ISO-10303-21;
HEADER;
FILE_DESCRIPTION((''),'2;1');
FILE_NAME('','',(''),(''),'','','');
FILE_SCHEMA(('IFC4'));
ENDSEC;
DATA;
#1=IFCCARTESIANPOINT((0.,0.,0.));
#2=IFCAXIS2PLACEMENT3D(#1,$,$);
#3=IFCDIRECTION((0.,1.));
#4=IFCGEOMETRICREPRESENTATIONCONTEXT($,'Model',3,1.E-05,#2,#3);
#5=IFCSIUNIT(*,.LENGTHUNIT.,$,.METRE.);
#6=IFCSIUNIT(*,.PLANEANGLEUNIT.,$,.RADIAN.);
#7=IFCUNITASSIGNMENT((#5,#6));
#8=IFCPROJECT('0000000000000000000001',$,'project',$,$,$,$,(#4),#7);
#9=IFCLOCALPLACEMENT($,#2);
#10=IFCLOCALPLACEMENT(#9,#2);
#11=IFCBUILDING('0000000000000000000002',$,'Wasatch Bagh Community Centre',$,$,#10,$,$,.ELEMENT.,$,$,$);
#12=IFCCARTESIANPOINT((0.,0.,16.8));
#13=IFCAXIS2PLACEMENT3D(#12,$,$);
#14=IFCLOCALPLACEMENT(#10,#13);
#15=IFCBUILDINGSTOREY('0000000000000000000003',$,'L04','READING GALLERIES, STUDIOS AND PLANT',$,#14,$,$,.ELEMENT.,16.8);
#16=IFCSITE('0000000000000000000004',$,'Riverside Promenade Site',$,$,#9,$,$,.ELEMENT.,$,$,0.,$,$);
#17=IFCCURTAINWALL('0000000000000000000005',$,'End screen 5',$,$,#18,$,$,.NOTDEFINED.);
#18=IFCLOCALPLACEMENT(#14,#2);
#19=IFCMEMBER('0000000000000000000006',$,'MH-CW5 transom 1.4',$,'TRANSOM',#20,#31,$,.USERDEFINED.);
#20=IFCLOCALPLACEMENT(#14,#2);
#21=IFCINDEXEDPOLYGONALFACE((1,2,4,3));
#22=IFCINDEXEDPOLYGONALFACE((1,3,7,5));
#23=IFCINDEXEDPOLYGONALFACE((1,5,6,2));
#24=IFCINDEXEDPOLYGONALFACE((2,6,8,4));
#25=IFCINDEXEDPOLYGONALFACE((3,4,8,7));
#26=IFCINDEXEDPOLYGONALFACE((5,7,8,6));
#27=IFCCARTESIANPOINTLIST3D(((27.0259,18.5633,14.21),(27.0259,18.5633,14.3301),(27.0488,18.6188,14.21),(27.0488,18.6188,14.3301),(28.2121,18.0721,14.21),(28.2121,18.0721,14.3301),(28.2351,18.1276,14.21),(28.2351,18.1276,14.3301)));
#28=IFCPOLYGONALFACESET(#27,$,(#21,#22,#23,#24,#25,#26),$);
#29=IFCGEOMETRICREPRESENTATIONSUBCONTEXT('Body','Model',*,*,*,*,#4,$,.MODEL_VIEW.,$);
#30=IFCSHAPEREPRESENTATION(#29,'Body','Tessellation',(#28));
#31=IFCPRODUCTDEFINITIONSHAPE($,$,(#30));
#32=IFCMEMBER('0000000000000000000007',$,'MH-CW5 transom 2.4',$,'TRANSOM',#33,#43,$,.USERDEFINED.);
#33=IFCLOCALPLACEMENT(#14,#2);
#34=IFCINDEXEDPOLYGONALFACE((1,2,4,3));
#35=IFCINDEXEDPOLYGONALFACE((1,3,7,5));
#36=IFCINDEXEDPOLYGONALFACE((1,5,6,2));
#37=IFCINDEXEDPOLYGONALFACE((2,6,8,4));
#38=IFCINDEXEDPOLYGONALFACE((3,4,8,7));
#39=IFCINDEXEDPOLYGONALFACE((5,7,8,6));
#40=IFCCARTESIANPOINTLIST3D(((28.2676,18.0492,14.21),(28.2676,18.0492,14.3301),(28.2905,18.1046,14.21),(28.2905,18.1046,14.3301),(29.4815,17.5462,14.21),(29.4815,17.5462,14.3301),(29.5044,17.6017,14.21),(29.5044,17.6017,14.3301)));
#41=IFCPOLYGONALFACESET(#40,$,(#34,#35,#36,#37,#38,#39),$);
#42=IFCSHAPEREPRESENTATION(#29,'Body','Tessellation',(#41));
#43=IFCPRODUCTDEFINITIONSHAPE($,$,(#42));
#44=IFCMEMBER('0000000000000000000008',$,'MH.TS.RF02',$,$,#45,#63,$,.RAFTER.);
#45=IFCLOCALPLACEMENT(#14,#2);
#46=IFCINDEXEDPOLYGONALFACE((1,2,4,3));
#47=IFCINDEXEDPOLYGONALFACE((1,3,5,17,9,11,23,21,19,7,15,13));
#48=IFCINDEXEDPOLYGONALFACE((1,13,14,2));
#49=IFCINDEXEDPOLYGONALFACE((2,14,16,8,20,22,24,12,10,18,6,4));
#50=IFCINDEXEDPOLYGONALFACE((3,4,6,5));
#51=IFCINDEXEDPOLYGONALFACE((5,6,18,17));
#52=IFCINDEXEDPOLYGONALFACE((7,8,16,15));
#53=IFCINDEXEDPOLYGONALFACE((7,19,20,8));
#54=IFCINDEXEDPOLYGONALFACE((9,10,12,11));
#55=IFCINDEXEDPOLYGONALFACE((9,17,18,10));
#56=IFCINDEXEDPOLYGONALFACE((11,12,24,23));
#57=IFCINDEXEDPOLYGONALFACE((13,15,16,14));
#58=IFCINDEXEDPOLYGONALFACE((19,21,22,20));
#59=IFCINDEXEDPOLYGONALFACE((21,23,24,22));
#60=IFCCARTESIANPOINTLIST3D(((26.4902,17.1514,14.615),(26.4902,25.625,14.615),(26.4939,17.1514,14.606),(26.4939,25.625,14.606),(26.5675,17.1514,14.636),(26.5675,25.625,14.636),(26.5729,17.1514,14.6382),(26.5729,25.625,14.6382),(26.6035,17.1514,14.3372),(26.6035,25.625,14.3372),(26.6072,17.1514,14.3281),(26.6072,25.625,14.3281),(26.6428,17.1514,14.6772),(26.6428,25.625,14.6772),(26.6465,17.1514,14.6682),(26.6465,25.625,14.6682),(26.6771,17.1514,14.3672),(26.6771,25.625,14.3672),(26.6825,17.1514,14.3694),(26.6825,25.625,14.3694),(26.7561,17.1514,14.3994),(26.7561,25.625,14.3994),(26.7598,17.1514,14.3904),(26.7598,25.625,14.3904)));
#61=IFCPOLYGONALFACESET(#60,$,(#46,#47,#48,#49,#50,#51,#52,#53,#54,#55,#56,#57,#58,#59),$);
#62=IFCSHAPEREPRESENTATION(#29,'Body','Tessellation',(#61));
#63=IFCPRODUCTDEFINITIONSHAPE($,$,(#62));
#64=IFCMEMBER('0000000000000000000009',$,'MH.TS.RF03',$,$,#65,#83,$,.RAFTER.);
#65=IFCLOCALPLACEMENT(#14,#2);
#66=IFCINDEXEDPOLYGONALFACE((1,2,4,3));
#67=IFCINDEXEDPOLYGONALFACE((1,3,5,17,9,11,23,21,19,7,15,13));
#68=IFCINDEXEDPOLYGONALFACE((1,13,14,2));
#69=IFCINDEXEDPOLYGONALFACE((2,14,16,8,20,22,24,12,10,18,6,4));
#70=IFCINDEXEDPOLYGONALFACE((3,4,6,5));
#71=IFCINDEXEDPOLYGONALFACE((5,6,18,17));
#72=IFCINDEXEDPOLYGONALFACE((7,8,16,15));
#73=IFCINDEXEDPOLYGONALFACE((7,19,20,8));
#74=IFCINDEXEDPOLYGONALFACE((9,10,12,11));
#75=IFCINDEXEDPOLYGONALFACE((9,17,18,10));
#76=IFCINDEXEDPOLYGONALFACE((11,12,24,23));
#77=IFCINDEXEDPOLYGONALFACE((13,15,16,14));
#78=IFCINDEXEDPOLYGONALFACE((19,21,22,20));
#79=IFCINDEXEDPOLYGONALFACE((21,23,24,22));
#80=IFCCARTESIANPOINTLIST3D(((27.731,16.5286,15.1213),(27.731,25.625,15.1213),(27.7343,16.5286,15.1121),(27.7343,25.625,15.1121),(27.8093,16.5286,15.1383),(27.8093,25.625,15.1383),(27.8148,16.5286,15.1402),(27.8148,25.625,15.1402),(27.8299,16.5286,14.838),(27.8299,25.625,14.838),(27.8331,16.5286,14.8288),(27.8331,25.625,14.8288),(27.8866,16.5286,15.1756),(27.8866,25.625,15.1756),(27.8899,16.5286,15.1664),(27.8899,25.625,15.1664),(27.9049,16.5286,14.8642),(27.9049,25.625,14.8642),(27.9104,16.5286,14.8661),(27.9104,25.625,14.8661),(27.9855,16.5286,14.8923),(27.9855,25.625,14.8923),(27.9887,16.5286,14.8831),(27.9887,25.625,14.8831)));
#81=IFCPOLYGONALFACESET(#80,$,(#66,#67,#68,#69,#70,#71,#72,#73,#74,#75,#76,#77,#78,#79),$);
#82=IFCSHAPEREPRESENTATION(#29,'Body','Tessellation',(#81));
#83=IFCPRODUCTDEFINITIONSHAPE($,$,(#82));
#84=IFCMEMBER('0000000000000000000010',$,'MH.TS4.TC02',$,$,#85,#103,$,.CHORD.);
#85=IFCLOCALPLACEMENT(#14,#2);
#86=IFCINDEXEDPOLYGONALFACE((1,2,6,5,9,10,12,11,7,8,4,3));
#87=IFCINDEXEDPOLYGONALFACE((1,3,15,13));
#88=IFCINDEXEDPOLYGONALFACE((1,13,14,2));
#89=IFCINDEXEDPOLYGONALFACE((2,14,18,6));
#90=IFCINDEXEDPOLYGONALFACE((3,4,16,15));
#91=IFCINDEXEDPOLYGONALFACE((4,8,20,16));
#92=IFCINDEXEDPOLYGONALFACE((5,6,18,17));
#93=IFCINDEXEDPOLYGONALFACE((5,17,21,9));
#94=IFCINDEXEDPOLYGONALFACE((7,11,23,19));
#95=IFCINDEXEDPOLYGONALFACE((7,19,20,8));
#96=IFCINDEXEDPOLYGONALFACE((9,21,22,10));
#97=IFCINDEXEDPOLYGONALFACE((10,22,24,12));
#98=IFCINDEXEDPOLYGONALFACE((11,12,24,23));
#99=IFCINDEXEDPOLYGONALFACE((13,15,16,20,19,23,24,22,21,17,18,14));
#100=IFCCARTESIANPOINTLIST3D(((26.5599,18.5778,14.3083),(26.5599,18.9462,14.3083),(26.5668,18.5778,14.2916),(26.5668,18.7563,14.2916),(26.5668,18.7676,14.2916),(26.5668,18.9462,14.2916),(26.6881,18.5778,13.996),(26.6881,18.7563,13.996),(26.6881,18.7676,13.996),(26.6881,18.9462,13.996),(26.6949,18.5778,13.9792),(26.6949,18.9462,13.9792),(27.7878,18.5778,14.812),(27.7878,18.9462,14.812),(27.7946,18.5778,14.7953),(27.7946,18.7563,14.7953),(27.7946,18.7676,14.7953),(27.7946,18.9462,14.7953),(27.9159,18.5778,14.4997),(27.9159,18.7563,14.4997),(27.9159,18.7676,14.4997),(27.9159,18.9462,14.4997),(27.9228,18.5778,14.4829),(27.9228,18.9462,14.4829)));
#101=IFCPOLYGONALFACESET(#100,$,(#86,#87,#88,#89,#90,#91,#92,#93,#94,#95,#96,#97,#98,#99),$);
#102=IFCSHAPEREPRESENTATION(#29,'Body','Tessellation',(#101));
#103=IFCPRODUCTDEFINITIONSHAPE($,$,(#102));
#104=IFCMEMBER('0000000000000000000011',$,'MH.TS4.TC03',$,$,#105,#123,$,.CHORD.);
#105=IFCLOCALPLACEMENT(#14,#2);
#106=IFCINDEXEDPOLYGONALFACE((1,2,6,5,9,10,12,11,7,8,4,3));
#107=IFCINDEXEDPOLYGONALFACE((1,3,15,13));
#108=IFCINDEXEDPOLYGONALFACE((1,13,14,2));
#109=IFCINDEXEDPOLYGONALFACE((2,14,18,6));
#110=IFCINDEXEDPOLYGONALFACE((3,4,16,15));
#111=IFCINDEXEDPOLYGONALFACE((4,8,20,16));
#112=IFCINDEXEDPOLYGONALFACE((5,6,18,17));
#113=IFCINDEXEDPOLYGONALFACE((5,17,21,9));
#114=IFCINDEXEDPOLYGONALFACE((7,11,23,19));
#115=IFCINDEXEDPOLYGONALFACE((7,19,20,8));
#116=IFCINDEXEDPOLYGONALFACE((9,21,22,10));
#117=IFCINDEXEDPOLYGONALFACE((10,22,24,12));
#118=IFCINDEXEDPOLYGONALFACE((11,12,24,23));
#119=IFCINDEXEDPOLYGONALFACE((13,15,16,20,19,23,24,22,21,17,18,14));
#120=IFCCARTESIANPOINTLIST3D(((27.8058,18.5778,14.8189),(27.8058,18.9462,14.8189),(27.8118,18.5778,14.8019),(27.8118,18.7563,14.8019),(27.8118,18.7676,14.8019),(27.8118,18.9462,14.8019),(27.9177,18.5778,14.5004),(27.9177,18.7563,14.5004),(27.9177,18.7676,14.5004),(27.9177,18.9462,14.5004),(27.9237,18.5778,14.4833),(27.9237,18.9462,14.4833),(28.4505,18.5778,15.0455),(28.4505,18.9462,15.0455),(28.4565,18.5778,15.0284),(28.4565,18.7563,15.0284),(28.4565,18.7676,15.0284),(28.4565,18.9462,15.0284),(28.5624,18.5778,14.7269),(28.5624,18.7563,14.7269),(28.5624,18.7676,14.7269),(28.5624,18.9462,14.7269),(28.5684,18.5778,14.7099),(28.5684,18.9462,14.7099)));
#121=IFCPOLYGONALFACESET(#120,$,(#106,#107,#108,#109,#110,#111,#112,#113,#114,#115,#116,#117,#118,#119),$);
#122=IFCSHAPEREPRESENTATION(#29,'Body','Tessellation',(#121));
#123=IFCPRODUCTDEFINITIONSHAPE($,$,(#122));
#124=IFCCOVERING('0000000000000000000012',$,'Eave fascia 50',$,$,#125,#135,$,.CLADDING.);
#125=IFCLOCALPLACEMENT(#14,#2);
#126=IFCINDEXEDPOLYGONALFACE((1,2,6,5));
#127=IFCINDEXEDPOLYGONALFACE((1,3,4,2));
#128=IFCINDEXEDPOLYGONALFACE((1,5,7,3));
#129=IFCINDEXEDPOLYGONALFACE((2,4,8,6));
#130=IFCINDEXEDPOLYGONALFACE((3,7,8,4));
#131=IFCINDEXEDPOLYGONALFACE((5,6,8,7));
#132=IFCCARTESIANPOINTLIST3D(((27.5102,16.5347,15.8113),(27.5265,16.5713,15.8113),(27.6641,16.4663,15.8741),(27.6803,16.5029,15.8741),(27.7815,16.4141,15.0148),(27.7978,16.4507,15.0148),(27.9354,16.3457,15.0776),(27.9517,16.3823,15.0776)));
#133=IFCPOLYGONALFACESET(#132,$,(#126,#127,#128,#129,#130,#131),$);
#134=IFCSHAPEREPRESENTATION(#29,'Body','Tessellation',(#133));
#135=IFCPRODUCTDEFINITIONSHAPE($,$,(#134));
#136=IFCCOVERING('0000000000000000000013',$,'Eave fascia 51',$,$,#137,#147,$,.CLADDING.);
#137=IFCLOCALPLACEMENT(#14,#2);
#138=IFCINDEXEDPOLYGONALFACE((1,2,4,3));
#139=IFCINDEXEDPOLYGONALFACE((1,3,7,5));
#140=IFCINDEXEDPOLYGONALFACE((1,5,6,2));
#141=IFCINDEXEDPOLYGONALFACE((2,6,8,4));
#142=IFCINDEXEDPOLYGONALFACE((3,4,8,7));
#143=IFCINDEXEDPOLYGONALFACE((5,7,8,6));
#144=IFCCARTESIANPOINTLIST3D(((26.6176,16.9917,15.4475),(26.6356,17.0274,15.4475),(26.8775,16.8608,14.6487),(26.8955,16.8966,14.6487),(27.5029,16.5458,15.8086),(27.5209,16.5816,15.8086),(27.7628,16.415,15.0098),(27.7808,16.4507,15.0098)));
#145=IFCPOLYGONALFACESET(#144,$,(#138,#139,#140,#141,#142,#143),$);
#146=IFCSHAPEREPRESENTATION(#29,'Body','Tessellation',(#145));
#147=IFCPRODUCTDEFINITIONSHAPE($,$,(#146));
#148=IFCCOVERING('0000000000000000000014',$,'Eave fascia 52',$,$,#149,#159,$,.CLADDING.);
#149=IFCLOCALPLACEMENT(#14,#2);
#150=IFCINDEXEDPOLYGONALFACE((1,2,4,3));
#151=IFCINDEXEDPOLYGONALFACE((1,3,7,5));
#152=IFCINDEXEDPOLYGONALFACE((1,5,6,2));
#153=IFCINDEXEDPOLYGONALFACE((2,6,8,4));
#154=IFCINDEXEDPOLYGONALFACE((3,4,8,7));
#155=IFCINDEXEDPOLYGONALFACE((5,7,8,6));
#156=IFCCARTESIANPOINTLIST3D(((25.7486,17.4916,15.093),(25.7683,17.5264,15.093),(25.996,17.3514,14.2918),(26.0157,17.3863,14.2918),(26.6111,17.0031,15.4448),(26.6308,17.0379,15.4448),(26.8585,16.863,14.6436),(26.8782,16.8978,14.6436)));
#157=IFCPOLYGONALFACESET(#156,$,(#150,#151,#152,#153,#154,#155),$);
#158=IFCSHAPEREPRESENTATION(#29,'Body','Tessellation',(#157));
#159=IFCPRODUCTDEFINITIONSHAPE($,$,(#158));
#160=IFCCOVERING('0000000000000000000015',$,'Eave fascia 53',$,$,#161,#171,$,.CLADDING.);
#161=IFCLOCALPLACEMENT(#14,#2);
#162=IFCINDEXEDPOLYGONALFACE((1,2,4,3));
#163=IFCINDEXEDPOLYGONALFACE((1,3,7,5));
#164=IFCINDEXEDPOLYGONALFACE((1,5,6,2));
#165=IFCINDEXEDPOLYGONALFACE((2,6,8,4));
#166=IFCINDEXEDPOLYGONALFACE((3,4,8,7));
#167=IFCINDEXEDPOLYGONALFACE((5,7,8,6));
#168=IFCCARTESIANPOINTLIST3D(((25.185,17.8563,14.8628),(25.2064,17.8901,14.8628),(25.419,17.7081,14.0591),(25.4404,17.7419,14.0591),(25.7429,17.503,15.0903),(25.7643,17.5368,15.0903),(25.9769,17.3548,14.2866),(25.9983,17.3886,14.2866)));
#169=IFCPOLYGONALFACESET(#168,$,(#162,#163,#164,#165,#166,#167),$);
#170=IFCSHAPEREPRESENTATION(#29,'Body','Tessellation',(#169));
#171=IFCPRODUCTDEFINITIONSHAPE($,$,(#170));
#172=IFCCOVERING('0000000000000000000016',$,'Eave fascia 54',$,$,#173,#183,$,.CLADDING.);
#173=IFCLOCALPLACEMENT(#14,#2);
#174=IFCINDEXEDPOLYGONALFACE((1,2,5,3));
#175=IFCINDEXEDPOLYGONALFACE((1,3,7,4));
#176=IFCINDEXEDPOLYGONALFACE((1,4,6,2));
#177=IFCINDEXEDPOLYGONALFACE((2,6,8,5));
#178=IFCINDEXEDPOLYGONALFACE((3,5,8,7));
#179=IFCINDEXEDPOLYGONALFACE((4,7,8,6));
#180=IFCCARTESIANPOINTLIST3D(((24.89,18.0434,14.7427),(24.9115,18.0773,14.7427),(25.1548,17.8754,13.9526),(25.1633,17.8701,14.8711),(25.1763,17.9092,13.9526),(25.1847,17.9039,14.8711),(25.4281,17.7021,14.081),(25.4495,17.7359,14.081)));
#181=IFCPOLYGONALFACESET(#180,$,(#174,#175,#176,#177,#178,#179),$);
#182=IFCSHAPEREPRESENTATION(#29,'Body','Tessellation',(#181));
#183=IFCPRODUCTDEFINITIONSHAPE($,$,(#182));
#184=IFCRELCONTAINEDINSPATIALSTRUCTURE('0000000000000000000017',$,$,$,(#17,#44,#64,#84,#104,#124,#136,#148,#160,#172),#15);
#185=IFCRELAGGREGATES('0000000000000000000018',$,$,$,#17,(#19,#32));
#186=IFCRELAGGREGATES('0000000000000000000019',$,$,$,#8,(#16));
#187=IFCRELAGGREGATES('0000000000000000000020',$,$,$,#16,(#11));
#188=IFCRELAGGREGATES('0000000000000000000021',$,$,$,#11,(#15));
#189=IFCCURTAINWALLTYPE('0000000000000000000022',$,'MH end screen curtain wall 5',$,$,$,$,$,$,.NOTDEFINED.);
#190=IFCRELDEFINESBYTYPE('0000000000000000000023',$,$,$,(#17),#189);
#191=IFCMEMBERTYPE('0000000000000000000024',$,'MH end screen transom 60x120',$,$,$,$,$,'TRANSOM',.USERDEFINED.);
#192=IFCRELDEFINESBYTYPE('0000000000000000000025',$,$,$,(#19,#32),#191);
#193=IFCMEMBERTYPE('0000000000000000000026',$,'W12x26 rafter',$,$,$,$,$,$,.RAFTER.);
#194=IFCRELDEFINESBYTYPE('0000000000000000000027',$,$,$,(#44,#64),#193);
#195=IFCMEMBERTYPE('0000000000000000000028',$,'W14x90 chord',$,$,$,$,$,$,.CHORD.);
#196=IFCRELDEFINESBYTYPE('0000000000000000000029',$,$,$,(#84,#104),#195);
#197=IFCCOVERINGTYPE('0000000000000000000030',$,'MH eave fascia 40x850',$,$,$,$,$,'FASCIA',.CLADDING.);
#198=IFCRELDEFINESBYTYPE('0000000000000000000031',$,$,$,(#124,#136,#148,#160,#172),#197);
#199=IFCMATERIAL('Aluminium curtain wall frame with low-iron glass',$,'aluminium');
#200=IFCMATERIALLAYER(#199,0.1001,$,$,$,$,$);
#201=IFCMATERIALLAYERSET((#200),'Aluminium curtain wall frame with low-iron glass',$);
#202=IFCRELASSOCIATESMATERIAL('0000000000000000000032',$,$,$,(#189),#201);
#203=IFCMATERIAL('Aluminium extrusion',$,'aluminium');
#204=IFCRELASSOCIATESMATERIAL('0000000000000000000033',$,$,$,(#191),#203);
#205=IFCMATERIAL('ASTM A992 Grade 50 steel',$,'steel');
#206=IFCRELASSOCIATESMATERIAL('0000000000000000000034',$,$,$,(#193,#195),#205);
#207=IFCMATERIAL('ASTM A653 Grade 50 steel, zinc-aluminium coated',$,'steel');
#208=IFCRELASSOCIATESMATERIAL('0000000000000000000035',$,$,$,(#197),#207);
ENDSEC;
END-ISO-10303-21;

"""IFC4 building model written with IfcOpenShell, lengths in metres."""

from ifc_helpers import new_model, si_unit, direction, frame, origin, origin_2d, place, context, subcontext, project, spatial, rectangle, i_section, extrude, material, layer, layer_set, material_profile, profile_set, type_object, element, aggregate, save


model = new_model("IFC4")

# Units and contexts
model_context = context("Model", 3, precision=1e-05, world=origin(), true_north=direction((0.0, 1.0)))
body_context = subcontext(model_context, "Body", "Model", "MODEL_VIEW")
ifc_project = project(units=[si_unit("LENGTHUNIT", "METRE"), si_unit("PLANEANGLEUNIT", "RADIAN")], contexts=[model_context])

# Site, building, storey
site_placement = place(None, origin())
site = spatial("IfcSite", under=ifc_project, at=site_placement, Name="Riverside Promenade Site", CompositionType="ELEMENT", RefElevation=0.0)
building_placement = place(site_placement, origin())
building = spatial("IfcBuilding", under=site, at=building_placement, Name="Wasatch Bagh Community Centre", CompositionType="ELEMENT")
storey_placement = place(building_placement, frame((0.0, 0.0, 16.8)))
storey = spatial("IfcBuildingStorey", under=building, at=storey_placement, Name="L04", Description="READING GALLERIES, STUDIOS AND PLANT", CompositionType="ELEMENT", Elevation=16.8)

# Curtain wall, members
ifc_material_1 = material(Name="Aluminium curtain wall frame with low-iron glass", Category="aluminium")
ifc_layer = layer(ifc_material_1, 0.1001)
ifc_layer_set = layer_set([ifc_layer], Name="Aluminium curtain wall frame with low-iron glass")
curtain_wall_type = type_object("IfcCurtainWallType", Name="MH end screen curtain wall 5", PredefinedType="NOTDEFINED", material=ifc_layer_set)
curtain_wall_placement = place(storey_placement, origin())
curtain_wall = element("IfcCurtainWall", 1, at=curtain_wall_placement, inside=storey, type_object=curtain_wall_type, Name="End screen 5", PredefinedType="NOTDEFINED")
ifc_material_2 = material(Name="Aluminium extrusion", Category="aluminium")
ifc_material_profile_1 = material_profile(ifc_material_2, rectangle(XDim=0.0601, YDim=0.1201, at=origin_2d()), Name="AL 60x120")
ifc_profile_set_1 = profile_set([ifc_material_profile_1], Name="Aluminium extrusion")
member_type_1 = type_object("IfcMemberType", Name="MH end screen transom 60x120", ElementType="TRANSOM", PredefinedType="USERDEFINED", material=ifc_profile_set_1)
member_1_placement = place(storey_placement, frame((27.0374, 18.5911, 14.27), z_axis=(0.923924, -0.382576, 0.0), x_axis=(0.382576, 0.923924, 0.0)))
member_1 = element("IfcMember", 2, at=member_1_placement, type_object=member_type_1, Name="MH-CW5 transom 1.4", ObjectType="TRANSOM", PredefinedType="USERDEFINED", context=body_context, shape_type="SweptSolid", body=[
    extrude(rectangle(XDim=0.0601, YDim=0.1201, at=origin_2d()), origin(), (0.0, 0.0, 1.0), 1.2839),
])
member_2_placement = place(storey_placement, frame((28.2791, 18.0769, 14.27), z_axis=(0.923845, -0.382768, 0.0), x_axis=(0.382768, 0.923845, 0.0)))
member_2 = element("IfcMember", 3, at=member_2_placement, type_object=member_type_1, Name="MH-CW5 transom 2.4", ObjectType="TRANSOM", PredefinedType="USERDEFINED", context=body_context, shape_type="SweptSolid", body=[
    extrude(rectangle(XDim=0.0601, YDim=0.1201, at=origin_2d()), origin(), (0.0, 0.0, 1.0), 1.314),
])
aggregate(curtain_wall, [member_1, member_2])

# Members
ifc_material_3 = material(Name="ASTM A992 Grade 50 steel", Category="steel")
ifc_material_profile_2 = material_profile(ifc_material_3, i_section(OverallWidth=0.1648, OverallDepth=0.3098, WebThickness=0.0059, FlangeThickness=0.0098, at=origin_2d()), Name="W12x26")
ifc_profile_set_2 = profile_set([ifc_material_profile_2], Name="ASTM A992 Grade 50 steel")
member_type_2 = type_object("IfcMemberType", Name="W12x26 rafter", PredefinedType="RAFTER", material=ifc_profile_set_2)
member_3_placement = place(storey_placement, frame((26.625, 17.1514, 14.5027), z_axis=(0.0, 1.0, 0.0), x_axis=(-0.925934, 0.0, -0.377686)))
element("IfcMember", 4, at=member_3_placement, inside=storey, type_object=member_type_2, Name="MH.TS.RF02", PredefinedType="RAFTER", context=body_context, shape_type="SweptSolid", body=[
    extrude(i_section(OverallWidth=0.1648, OverallDepth=0.3098, WebThickness=0.0059, FlangeThickness=0.0098, at=origin_2d()), origin(), (0.0, 0.0, 1.0), 8.4736),
])
member_4_placement = place(storey_placement, frame((27.8599, 16.5286, 15.0022), z_axis=(0.0, 1.0, 0.0), x_axis=(-0.944194, 0.0, -0.329389)))
element("IfcMember", 5, at=member_4_placement, inside=storey, type_object=member_type_2, Name="MH.TS.RF03", PredefinedType="RAFTER", context=body_context, shape_type="SweptSolid", body=[
    extrude(i_section(OverallWidth=0.1648, OverallDepth=0.3098, WebThickness=0.0059, FlangeThickness=0.0098, at=origin_2d()), origin(), (0.0, 0.0, 1.0), 9.0964),
])
ifc_material_profile_3 = material_profile(ifc_material_3, i_section(OverallWidth=0.3684, OverallDepth=0.3557, WebThickness=0.0112, FlangeThickness=0.0181, at=origin_2d()), Name="W14x90")
ifc_profile_set_3 = profile_set([ifc_material_profile_3], Name="ASTM A992 Grade 50 steel")
member_type_3 = type_object("IfcMemberType", Name="W14x90 chord", PredefinedType="CHORD", material=ifc_profile_set_3)
member_5_placement = place(storey_placement, frame((26.6274, 18.762, 14.1438), z_axis=(0.92518, 0.0, 0.379528), x_axis=(0.0, 1.0, 0.0)))
element("IfcMember", 6, at=member_5_placement, inside=storey, type_object=member_type_3, Name="MH.TS4.TC02", PredefinedType="CHORD", context=body_context, shape_type="SweptSolid", body=[
    extrude(i_section(OverallWidth=0.3684, OverallDepth=0.3557, WebThickness=0.0112, FlangeThickness=0.0181, at=origin_2d()), origin(), (0.0, 0.0, 1.0), 1.3271),
])
member_6_placement = place(storey_placement, frame((27.8647, 18.762, 14.6511), z_axis=(0.943451, 0.0, 0.331512), x_axis=(0.0, 1.0, 0.0)))
element("IfcMember", 7, at=member_6_placement, inside=storey, type_object=member_type_3, Name="MH.TS4.TC03", PredefinedType="CHORD", context=body_context, shape_type="SweptSolid", body=[
    extrude(i_section(OverallWidth=0.3684, OverallDepth=0.3557, WebThickness=0.0112, FlangeThickness=0.0181, at=origin_2d()), origin(), (0.0, 0.0, 1.0), 0.6833),
])

# Coverings
ifc_material_4 = material(Name="ASTM A653 Grade 50 steel, zinc-aluminium coated", Category="steel")
ifc_material_profile_4 = material_profile(ifc_material_4, rectangle(XDim=0.04, YDim=0.8501, at=origin_2d()), Name="FASCIA 40x850")
ifc_profile_set_4 = profile_set([ifc_material_profile_4], Name="ASTM A653 Grade 50 steel, zinc-aluminium coated")
covering_type_1 = type_object("IfcCoveringType", Name="MH eave fascia 40x850", ElementType="FASCIA", PredefinedType="CLADDING", material=ifc_profile_set_4)
covering_1_placement = place(storey_placement, frame((27.8079, 16.4243, 15.4758), z_axis=(-0.856253, 0.380557, -0.349297), x_axis=(-0.406138, -0.913812, 0.0)))
element("IfcCovering", 8, at=covering_1_placement, inside=storey, type_object=covering_type_1, Name="Eave fascia 50", PredefinedType="CLADDING", context=body_context, shape_type="SweptSolid", body=[
    extrude(rectangle(XDim=0.04, YDim=0.8501, at=origin_2d()), origin(), (0.0, 0.0, 1.0), 0.1797),
])
covering_2_placement = place(storey_placement, frame((27.6418, 16.4983, 15.4092), z_axis=(-0.83919, 0.422604, -0.342295), x_axis=(-0.449773, -0.893143, 0.0)))
element("IfcCovering", 9, at=covering_2_placement, inside=storey, type_object=covering_type_1, Name="Eave fascia 51", PredefinedType="CLADDING", context=body_context, shape_type="SweptSolid", body=[
    extrude(rectangle(XDim=0.04, YDim=0.8501, at=origin_2d()), origin(), (0.0, 0.0, 1.0), 1.0549),
])
covering_3_placement = place(storey_placement, frame((26.7446, 16.9504, 15.0442), z_axis=(-0.82002, 0.464438, -0.334461), x_axis=(-0.49282, -0.870131, 0.0)))
element("IfcCovering", 10, at=covering_3_placement, inside=storey, type_object=covering_type_1, Name="Eave fascia 52", PredefinedType="CLADDING", context=body_context, shape_type="SweptSolid", body=[
    extrude(rectangle(XDim=0.04, YDim=0.8501, at=origin_2d()), origin(), (0.0, 0.0, 1.0), 1.0518),
])
covering_4_placement = place(storey_placement, frame((25.8706, 17.4458, 14.6885), z_axis=(-0.798753, 0.505819, -0.325793), x_axis=(-0.535008, -0.844847, 0.0)))
element("IfcCovering", 11, at=covering_4_placement, inside=storey, type_object=covering_type_1, Name="Eave fascia 53", PredefinedType="CLADDING", context=body_context, shape_type="SweptSolid", body=[
    extrude(rectangle(XDim=0.04, YDim=0.8501, at=origin_2d()), origin(), (0.0, 0.0, 1.0), 0.6985),
])
covering_5_placement = place(storey_placement, frame((25.3064, 17.803, 14.4761), z_axis=(-0.784817, 0.497962, -0.368913), x_axis=(-0.535752, -0.844375, 0.0)))
element("IfcCovering", 12, at=covering_5_placement, inside=storey, type_object=covering_type_1, Name="Eave fascia 54", PredefinedType="CLADDING", context=body_context, shape_type="SweptSolid", body=[
    extrude(rectangle(XDim=0.04, YDim=0.8501, at=origin_2d()), origin(), (0.0, 0.0, 1.0), 0.3481),
])

save(model, "model.ifc")
